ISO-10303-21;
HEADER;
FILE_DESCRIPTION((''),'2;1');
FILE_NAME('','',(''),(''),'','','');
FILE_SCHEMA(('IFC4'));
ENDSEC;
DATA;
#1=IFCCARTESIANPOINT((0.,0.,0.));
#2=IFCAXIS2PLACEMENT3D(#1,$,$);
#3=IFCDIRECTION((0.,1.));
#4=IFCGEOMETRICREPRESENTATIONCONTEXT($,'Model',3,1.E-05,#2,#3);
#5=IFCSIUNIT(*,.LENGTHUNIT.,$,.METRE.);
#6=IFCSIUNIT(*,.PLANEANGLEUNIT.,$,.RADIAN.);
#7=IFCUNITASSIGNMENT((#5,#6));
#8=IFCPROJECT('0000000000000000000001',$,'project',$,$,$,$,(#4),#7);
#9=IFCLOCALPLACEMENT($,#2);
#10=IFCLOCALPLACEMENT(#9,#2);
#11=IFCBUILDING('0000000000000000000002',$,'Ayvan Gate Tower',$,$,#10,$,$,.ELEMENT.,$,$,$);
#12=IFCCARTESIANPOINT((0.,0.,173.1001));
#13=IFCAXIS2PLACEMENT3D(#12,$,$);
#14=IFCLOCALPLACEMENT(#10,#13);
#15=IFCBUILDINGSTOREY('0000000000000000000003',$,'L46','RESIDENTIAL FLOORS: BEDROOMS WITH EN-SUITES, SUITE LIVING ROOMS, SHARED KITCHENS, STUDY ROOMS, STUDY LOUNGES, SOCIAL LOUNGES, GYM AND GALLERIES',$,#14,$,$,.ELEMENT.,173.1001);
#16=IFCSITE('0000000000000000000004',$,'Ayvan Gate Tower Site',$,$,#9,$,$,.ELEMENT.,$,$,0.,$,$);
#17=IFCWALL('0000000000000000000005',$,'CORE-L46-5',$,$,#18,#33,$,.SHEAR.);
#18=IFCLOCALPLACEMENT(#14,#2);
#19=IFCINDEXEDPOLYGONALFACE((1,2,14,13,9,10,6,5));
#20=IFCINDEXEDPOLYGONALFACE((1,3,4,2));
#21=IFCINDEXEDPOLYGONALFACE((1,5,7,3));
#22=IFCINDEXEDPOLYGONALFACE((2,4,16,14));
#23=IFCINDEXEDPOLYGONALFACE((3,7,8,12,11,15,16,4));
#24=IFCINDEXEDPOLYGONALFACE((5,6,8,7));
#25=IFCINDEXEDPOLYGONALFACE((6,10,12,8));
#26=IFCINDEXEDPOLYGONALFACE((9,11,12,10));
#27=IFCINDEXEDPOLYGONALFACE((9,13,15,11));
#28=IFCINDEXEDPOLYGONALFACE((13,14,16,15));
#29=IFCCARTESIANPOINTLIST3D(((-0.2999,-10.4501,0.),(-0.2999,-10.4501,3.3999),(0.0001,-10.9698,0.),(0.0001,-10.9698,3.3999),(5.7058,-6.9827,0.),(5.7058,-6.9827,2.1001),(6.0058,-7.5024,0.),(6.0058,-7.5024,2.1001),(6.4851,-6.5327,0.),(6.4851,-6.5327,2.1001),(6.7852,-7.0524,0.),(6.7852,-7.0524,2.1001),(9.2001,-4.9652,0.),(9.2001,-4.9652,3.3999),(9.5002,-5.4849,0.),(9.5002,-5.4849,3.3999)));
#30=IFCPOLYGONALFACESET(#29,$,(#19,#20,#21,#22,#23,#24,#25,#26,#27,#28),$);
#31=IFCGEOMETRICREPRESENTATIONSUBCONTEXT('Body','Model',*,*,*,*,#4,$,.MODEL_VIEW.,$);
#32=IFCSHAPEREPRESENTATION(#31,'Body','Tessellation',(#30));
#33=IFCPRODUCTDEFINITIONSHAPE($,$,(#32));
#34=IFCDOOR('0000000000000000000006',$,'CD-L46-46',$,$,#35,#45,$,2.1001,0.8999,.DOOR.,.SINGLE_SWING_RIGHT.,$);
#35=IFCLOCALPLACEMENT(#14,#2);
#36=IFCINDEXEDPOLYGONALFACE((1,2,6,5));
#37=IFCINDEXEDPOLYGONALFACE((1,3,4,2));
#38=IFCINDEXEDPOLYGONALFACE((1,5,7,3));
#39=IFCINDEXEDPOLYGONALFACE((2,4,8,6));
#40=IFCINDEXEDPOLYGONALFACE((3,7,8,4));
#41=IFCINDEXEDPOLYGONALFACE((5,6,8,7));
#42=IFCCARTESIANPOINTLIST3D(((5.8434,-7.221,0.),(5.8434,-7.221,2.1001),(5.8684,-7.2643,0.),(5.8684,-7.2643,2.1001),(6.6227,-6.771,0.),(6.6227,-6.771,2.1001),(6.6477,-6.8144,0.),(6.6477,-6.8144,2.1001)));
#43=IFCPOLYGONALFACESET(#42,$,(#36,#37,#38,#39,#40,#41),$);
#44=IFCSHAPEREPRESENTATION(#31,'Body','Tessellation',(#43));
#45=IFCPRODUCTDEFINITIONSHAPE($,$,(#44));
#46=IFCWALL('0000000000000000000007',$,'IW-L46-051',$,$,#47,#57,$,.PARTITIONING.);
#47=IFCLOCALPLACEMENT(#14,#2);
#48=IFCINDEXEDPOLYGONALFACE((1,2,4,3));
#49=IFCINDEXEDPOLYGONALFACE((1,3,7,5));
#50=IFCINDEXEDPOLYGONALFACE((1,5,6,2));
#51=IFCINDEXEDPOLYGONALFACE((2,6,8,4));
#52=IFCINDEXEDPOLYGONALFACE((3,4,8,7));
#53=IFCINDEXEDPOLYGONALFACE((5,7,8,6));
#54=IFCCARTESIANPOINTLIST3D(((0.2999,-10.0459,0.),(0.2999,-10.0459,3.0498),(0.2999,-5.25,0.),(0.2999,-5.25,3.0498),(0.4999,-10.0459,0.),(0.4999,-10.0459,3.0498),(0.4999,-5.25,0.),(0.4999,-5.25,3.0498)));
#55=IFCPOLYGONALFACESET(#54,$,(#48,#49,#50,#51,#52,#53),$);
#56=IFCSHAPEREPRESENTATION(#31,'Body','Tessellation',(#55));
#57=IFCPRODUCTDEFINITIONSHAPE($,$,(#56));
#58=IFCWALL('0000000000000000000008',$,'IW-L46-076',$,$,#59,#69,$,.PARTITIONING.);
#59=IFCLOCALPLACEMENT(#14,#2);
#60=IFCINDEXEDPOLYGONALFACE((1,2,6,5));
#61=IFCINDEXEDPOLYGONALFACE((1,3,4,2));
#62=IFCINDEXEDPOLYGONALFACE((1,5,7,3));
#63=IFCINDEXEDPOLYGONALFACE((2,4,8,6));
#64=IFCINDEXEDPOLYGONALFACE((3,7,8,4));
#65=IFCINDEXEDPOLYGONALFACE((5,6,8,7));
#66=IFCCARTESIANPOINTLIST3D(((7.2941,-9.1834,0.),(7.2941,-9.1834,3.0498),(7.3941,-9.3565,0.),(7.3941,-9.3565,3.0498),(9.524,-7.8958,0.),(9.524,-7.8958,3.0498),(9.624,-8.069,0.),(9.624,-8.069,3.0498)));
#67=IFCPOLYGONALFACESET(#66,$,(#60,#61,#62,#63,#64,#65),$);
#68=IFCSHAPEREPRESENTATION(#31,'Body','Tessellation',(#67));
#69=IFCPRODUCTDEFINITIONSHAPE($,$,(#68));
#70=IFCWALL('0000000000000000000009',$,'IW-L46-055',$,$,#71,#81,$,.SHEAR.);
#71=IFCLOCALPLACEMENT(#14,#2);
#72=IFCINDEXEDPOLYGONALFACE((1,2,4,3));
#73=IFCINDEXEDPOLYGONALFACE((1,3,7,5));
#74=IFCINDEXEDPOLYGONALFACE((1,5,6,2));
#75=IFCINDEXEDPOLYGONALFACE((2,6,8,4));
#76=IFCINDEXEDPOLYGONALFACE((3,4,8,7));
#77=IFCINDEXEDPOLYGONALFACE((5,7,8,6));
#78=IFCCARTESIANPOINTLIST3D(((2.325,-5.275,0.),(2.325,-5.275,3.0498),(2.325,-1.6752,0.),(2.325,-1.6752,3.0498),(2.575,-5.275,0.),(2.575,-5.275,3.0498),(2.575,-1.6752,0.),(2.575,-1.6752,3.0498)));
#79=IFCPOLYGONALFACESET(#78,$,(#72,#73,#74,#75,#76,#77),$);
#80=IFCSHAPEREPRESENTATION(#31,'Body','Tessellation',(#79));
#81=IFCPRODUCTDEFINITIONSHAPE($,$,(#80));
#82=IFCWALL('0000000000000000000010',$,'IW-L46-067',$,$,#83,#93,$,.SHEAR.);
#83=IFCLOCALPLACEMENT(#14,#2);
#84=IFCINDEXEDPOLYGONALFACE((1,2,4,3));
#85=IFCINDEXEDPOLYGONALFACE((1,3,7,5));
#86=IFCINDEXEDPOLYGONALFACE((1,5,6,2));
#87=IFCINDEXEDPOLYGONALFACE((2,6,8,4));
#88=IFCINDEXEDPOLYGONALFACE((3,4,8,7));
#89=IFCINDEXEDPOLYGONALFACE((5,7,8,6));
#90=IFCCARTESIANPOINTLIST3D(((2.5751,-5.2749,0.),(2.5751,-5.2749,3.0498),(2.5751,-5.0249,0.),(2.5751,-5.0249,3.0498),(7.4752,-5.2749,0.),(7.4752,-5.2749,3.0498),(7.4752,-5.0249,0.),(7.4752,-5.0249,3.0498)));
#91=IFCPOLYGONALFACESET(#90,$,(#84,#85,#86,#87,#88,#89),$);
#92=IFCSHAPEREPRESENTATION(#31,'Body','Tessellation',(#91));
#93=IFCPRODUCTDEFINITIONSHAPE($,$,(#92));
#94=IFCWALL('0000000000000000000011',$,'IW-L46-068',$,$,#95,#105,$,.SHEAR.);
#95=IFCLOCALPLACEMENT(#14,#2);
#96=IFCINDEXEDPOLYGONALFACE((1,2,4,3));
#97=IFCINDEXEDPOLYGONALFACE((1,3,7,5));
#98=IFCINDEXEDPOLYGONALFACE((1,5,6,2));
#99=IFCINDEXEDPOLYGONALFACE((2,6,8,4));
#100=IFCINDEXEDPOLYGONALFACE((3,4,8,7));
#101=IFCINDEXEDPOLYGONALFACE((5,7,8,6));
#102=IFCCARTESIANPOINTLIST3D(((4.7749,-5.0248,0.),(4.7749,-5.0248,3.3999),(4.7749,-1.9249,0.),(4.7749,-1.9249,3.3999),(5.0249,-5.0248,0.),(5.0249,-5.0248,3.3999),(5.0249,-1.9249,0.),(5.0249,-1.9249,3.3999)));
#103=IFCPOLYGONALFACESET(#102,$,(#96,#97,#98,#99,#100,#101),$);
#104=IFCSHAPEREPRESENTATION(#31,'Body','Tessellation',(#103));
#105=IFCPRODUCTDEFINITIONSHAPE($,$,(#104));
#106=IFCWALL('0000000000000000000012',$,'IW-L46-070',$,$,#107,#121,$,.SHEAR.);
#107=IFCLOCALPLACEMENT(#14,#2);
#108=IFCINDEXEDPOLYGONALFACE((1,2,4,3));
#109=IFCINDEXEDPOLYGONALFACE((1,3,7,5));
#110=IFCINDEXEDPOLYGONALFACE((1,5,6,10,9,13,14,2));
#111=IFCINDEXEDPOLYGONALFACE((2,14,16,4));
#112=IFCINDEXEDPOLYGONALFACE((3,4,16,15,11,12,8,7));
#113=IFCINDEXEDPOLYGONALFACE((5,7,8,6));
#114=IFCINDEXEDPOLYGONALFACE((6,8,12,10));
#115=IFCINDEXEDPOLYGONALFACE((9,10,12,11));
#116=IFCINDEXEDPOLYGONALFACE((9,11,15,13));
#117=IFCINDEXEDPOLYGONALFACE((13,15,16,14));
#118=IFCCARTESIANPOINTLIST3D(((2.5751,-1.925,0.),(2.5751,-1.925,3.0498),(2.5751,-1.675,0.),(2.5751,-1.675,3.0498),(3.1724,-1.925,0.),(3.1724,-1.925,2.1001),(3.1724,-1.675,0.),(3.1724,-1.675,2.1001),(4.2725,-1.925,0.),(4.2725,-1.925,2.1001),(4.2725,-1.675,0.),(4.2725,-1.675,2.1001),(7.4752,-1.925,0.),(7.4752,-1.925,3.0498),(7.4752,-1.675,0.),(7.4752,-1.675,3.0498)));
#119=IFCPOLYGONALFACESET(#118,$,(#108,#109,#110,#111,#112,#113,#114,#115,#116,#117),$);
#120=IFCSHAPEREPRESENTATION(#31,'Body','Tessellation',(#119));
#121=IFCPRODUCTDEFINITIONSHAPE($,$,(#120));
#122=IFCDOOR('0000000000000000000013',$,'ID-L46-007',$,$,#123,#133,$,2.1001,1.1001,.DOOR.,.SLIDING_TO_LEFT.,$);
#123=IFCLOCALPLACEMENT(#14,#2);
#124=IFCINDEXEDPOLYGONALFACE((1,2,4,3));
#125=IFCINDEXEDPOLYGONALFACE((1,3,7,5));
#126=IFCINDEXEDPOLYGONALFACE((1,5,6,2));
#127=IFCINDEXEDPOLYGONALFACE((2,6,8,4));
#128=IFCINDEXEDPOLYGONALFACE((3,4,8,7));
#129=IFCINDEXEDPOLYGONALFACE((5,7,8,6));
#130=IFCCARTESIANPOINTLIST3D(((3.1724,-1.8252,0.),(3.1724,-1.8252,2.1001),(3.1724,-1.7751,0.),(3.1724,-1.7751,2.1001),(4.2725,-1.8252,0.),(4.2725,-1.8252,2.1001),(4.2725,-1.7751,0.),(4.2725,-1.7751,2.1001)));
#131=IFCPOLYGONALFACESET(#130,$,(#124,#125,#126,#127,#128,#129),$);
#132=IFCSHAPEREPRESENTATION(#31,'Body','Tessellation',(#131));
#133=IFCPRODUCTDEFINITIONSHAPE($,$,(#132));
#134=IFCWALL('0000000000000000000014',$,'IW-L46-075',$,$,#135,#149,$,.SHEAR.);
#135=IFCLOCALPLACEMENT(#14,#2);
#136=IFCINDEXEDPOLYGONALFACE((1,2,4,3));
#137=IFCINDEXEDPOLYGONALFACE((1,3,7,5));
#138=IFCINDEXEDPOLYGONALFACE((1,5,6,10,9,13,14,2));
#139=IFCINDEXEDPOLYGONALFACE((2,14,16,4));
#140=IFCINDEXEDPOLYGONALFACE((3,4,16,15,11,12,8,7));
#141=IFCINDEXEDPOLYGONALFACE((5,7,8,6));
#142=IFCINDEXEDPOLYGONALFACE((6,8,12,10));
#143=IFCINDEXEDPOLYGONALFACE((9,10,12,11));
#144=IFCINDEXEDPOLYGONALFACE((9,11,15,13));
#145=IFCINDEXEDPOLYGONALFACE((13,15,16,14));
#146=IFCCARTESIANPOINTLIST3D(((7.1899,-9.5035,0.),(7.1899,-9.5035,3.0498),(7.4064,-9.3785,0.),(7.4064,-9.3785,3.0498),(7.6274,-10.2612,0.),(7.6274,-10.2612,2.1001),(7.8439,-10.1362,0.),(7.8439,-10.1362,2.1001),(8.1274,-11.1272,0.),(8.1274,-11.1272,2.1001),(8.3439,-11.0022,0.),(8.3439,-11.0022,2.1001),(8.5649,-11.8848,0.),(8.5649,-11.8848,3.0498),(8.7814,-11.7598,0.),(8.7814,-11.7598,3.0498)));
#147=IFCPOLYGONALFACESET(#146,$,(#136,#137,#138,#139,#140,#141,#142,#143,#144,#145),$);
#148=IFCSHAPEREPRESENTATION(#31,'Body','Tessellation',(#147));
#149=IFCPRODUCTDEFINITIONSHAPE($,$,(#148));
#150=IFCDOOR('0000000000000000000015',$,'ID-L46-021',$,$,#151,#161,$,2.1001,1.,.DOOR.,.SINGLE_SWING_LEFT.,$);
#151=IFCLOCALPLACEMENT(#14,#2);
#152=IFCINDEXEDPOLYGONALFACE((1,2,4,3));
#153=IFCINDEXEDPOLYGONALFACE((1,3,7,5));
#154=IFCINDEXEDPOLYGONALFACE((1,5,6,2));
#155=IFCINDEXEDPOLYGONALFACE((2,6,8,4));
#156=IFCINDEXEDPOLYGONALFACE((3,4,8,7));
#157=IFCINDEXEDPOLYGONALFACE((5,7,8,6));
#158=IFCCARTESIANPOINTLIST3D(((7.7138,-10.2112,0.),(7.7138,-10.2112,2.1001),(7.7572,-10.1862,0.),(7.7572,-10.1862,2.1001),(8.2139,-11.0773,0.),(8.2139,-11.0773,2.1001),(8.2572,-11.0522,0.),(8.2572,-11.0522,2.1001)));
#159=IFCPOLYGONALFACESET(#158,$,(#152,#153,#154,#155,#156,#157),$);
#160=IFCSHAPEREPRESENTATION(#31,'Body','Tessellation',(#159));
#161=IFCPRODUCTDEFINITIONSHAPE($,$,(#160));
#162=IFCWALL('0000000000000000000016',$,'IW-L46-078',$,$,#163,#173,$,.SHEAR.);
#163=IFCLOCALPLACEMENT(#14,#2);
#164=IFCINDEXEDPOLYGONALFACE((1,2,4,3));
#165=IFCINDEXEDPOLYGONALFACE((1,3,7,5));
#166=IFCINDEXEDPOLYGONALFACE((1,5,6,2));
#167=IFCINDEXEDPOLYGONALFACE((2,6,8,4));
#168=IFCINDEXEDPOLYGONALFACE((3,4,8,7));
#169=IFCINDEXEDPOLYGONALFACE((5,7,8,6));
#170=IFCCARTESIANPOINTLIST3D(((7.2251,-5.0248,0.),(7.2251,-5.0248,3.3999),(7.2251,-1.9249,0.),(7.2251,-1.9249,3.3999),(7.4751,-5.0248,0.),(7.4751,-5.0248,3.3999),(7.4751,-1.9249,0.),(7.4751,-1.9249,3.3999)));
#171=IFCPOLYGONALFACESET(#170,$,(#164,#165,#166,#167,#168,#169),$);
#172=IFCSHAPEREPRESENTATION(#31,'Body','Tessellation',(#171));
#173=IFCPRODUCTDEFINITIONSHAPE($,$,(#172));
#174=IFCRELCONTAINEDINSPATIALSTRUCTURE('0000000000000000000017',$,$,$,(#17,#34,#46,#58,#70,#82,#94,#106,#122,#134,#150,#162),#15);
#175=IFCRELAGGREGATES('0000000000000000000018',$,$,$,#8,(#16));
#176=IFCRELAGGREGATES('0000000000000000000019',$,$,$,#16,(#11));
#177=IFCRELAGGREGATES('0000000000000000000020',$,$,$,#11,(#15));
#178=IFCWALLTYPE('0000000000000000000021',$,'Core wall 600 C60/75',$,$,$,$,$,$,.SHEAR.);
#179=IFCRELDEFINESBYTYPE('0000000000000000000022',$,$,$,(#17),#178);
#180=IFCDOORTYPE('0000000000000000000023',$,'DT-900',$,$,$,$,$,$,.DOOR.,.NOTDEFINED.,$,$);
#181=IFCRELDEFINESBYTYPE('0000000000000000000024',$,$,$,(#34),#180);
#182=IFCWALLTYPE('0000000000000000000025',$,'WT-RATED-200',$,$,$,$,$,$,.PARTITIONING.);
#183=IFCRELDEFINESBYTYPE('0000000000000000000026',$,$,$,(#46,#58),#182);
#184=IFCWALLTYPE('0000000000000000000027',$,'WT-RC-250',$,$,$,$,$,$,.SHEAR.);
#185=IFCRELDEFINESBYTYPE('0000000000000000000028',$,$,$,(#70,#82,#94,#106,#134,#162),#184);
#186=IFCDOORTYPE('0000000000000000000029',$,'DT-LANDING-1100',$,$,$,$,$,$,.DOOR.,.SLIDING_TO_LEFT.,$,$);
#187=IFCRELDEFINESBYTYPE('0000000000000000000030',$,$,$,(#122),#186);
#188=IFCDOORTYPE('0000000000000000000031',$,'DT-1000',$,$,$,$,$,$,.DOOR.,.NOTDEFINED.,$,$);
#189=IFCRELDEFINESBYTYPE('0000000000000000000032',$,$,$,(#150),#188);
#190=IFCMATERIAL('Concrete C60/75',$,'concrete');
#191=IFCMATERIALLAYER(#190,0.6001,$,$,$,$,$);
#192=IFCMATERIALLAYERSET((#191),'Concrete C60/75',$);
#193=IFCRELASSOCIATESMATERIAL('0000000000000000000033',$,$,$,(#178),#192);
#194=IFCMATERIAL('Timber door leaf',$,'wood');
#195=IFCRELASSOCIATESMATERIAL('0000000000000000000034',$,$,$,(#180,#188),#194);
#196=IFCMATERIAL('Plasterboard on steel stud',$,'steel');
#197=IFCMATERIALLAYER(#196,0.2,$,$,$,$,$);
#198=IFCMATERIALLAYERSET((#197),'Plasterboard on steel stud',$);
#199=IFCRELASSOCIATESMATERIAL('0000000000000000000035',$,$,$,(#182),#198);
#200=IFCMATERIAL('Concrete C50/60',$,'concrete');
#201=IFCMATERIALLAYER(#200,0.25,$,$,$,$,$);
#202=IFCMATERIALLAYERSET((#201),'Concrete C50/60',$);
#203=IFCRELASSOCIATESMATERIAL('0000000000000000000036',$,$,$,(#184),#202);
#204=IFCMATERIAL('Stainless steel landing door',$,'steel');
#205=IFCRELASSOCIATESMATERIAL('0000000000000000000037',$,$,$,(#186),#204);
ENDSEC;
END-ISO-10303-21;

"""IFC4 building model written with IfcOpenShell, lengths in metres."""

from ifc_helpers import new_model, si_unit, direction, frame, frame_2d, origin, place, context, subcontext, project, spatial, rectangle, extrude, material, layer, layer_set, type_object, element, fill, save


model = new_model("IFC4")

# Units and contexts
model_context = context("Model", 3, precision=1e-05, world=origin(), true_north=direction((0.0, 1.0)))
body_context = subcontext(model_context, "Body", "Model", "MODEL_VIEW")
ifc_project = project(units=[si_unit("LENGTHUNIT", "METRE"), si_unit("PLANEANGLEUNIT", "RADIAN")], contexts=[model_context])

# Site, building, storey
site_placement = place(None, origin())
site = spatial("IfcSite", under=ifc_project, at=site_placement, Name="Ayvan Gate Tower Site", CompositionType="ELEMENT", RefElevation=0.0)
building_placement = place(site_placement, origin())
building = spatial("IfcBuilding", under=site, at=building_placement, Name="Ayvan Gate Tower", CompositionType="ELEMENT")
storey_placement = place(building_placement, frame((0.0, 0.0, 173.1001)))
storey = spatial("IfcBuildingStorey", under=building, at=storey_placement, Name="L46", Description="RESIDENTIAL FLOORS: BEDROOMS WITH EN-SUITES, SUITE LIVING ROOMS, SHARED KITCHENS, STUDY ROOMS, STUDY LOUNGES, SOCIAL LOUNGES, GYM AND GALLERIES", CompositionType="ELEMENT", Elevation=173.1001)

# Wall, opening, door
ifc_material_1 = material(Name="Concrete C60/75", Category="concrete")
ifc_layer_1 = layer(ifc_material_1, 0.6001)
ifc_layer_set_1 = layer_set([ifc_layer_1], Name="Concrete C60/75")
wall_type_1 = type_object("IfcWallType", Name="Core wall 600 C60/75", PredefinedType="SHEAR", material=ifc_layer_set_1)
wall_1_placement = place(storey_placement, frame((-0.1499, -10.71, 0.0), z_axis=(0.0, 0.0, 1.0), x_axis=(0.866024, 0.500002, 0.0)))
wall_1 = element("IfcWall", 1, at=wall_1_placement, inside=storey, type_object=wall_type_1, Name="CORE-L46-5", PredefinedType="SHEAR", context=body_context, shape_type="SweptSolid", body=[
    extrude(rectangle(XDim=10.9697, YDim=0.6001, at=frame_2d((5.4849, 0.0))), origin(), (0.0, 0.0, 1.0), 3.3999),
])
opening_1_placement = place(wall_1_placement, frame((6.9348, 0.0, 0.0)))
opening_1 = element("IfcOpeningElement", 2, at=opening_1_placement, cuts=wall_1, PredefinedType="OPENING", context=body_context, shape_type="SweptSolid", body=[
    extrude(rectangle(XDim=0.8999, YDim=2.1001, at=frame_2d((0.45, 1.05))), frame((0.0, 0.3101, 0.0), z_axis=(0.0, -1.0, 0.0), x_axis=(1.0, 0.0, 0.0)), (0.0, 0.0, 1.0), 0.6201),
])
ifc_material_2 = material(Name="Timber door leaf", Category="wood")
door_type_1 = type_object("IfcDoorType", Name="DT-900", OperationType="NOTDEFINED", PredefinedType="DOOR", material=ifc_material_2)
door_1_placement = place(opening_1_placement, origin())
door_1 = element("IfcDoor", 3, at=door_1_placement, inside=storey, type_object=door_type_1, Name="CD-L46-46", OperationType="SINGLE_SWING_RIGHT", OverallHeight=2.1001, OverallWidth=0.8999, PredefinedType="DOOR", context=body_context, shape_type="SweptSolid", body=[
    extrude(rectangle(XDim=0.8999, YDim=2.1001, at=frame_2d((0.45, 1.05))), frame((0.0, 0.0249, 0.0), z_axis=(0.0, -1.0, 0.0), x_axis=(1.0, 0.0, 0.0)), (0.0, 0.0, 1.0), 0.05),
])
fill(opening_1, door_1)

# Walls
ifc_material_3 = material(Name="Plasterboard on steel stud", Category="steel")
ifc_layer_2 = layer(ifc_material_3, 0.2)
ifc_layer_set_2 = layer_set([ifc_layer_2], Name="Plasterboard on steel stud")
wall_type_2 = type_object("IfcWallType", Name="WT-RATED-200", PredefinedType="PARTITIONING", material=ifc_layer_set_2)
wall_2_placement = place(storey_placement, frame((0.3999, -5.25, 0.0), z_axis=(0.0, 0.0, 1.0), x_axis=(0.0, -1.0, 0.0)))
element("IfcWall", 4, at=wall_2_placement, inside=storey, type_object=wall_type_2, Name="IW-L46-051", PredefinedType="PARTITIONING", context=body_context, shape_type="SweptSolid", body=[
    extrude(rectangle(XDim=4.7959, YDim=0.2, at=frame_2d((2.3979, 0.0))), origin(), (0.0, 0.0, 1.0), 3.0498),
])
wall_3_placement = place(storey_placement, frame((7.344, -9.27, 0.0), z_axis=(0.0, 0.0, 1.0), x_axis=(0.866006, 0.500034, 0.0)))
element("IfcWall", 5, at=wall_3_placement, inside=storey, type_object=wall_type_2, Name="IW-L46-076", PredefinedType="PARTITIONING", context=body_context, shape_type="SweptSolid", body=[
    extrude(rectangle(XDim=2.575, YDim=0.2, at=frame_2d((1.2876, 0.0))), origin(), (0.0, 0.0, 1.0), 3.0498),
])
ifc_material_4 = material(Name="Concrete C50/60", Category="concrete")
ifc_layer_3 = layer(ifc_material_4, 0.25)
ifc_layer_set_3 = layer_set([ifc_layer_3], Name="Concrete C50/60")
wall_type_3 = type_object("IfcWallType", Name="WT-RC-250", PredefinedType="SHEAR", material=ifc_layer_set_3)
wall_4_placement = place(storey_placement, frame((2.45, -5.2749, 0.0), z_axis=(0.0, 0.0, 1.0), x_axis=(0.0, 1.0, 0.0)))
element("IfcWall", 6, at=wall_4_placement, inside=storey, type_object=wall_type_3, Name="IW-L46-055", PredefinedType="SHEAR", context=body_context, shape_type="SweptSolid", body=[
    extrude(rectangle(XDim=3.5999, YDim=0.25, at=frame_2d((1.7998, 0.0))), origin(), (0.0, 0.0, 1.0), 3.0498),
])
wall_5_placement = place(storey_placement, frame((2.575, -5.1499, 0.0), z_axis=(0.0, 0.0, 1.0), x_axis=(1.0, 0.0, 0.0)))
element("IfcWall", 7, at=wall_5_placement, inside=storey, type_object=wall_type_3, Name="IW-L46-067", PredefinedType="SHEAR", context=body_context, shape_type="SweptSolid", body=[
    extrude(rectangle(XDim=4.9001, YDim=0.25, at=frame_2d((2.4502, 0.0))), origin(), (0.0, 0.0, 1.0), 3.0498),
])
wall_6_placement = place(storey_placement, frame((4.8999, -1.925, 0.0), z_axis=(0.0, 0.0, 1.0), x_axis=(0.0, -1.0, 0.0)))
element("IfcWall", 8, at=wall_6_placement, inside=storey, type_object=wall_type_3, Name="IW-L46-068", PredefinedType="SHEAR", context=body_context, shape_type="SweptSolid", body=[
    extrude(rectangle(XDim=3.0999, YDim=0.25, at=frame_2d((1.5498, 0.0))), origin(), (0.0, 0.0, 1.0), 3.3999),
])

# Walls, openings, doors
wall_7_placement = place(storey_placement, frame((2.575, -1.8, 0.0), z_axis=(0.0, 0.0, 1.0), x_axis=(1.0, 0.0, 0.0)))
wall_7 = element("IfcWall", 9, at=wall_7_placement, inside=storey, type_object=wall_type_3, Name="IW-L46-070", PredefinedType="SHEAR", context=body_context, shape_type="SweptSolid", body=[
    extrude(rectangle(XDim=4.9001, YDim=0.25, at=frame_2d((2.4502, 0.0))), origin(), (0.0, 0.0, 1.0), 3.0498),
])
opening_2_placement = place(wall_7_placement, frame((0.5974, 0.0, 0.0)))
opening_2 = element("IfcOpeningElement", 10, at=opening_2_placement, cuts=wall_7, PredefinedType="OPENING", context=body_context, shape_type="SweptSolid", body=[
    extrude(rectangle(XDim=1.1001, YDim=2.1001, at=frame_2d((0.55, 1.05))), frame((0.0, 0.135, 0.0), z_axis=(0.0, -1.0, 0.0), x_axis=(1.0, 0.0, 0.0)), (0.0, 0.0, 1.0), 0.27),
])
ifc_material_5 = material(Name="Stainless steel landing door", Category="steel")
door_type_2 = type_object("IfcDoorType", Name="DT-LANDING-1100", OperationType="SLIDING_TO_LEFT", PredefinedType="DOOR", material=ifc_material_5)
door_2_placement = place(opening_2_placement, origin())
door_2 = element("IfcDoor", 11, at=door_2_placement, inside=storey, type_object=door_type_2, Name="ID-L46-007", OperationType="SLIDING_TO_LEFT", OverallHeight=2.1001, OverallWidth=1.1001, PredefinedType="DOOR", context=body_context, shape_type="SweptSolid", body=[
    extrude(rectangle(XDim=1.1001, YDim=2.1001, at=frame_2d((0.55, 1.05))), frame((0.0, 0.0249, 0.0), z_axis=(0.0, -1.0, 0.0), x_axis=(1.0, 0.0, 0.0)), (0.0, 0.0, 1.0), 0.05),
])
fill(opening_2, door_2)
wall_8_placement = place(storey_placement, frame((7.2981, -9.4409, 0.0), z_axis=(0.0, 0.0, 1.0), x_axis=(0.500035, -0.866005, 0.0)))
wall_8 = element("IfcWall", 12, at=wall_8_placement, inside=storey, type_object=wall_type_3, Name="IW-L46-075", PredefinedType="SHEAR", context=body_context, shape_type="SweptSolid", body=[
    extrude(rectangle(XDim=2.7498, YDim=0.25, at=frame_2d((1.375, 0.0))), origin(), (0.0, 0.0, 1.0), 3.0498),
])
opening_3_placement = place(wall_8_placement, frame((0.875, 0.0, 0.0)))
opening_3 = element("IfcOpeningElement", 13, at=opening_3_placement, cuts=wall_8, PredefinedType="OPENING", context=body_context, shape_type="SweptSolid", body=[
    extrude(rectangle(XDim=1.0, YDim=2.1001, at=frame_2d((0.5, 1.05))), frame((0.0, 0.135, 0.0), z_axis=(0.0, -1.0, 0.0), x_axis=(1.0, 0.0, 0.0)), (0.0, 0.0, 1.0), 0.27),
])
door_type_3 = type_object("IfcDoorType", Name="DT-1000", OperationType="NOTDEFINED", PredefinedType="DOOR", material=ifc_material_2)
door_3_placement = place(opening_3_placement, origin())
door_3 = element("IfcDoor", 14, at=door_3_placement, inside=storey, type_object=door_type_3, Name="ID-L46-021", OperationType="SINGLE_SWING_LEFT", OverallHeight=2.1001, OverallWidth=1.0, PredefinedType="DOOR", context=body_context, shape_type="SweptSolid", body=[
    extrude(rectangle(XDim=1.0, YDim=2.1001, at=frame_2d((0.5, 1.05))), frame((0.0, 0.0249, 0.0), z_axis=(0.0, -1.0, 0.0), x_axis=(1.0, 0.0, 0.0)), (0.0, 0.0, 1.0), 0.05),
])
fill(opening_3, door_3)

# Wall
wall_9_placement = place(storey_placement, frame((7.3501, -1.925, 0.0), z_axis=(0.0, 0.0, 1.0), x_axis=(0.0, -1.0, 0.0)))
element("IfcWall", 15, at=wall_9_placement, inside=storey, type_object=wall_type_3, Name="IW-L46-078", PredefinedType="SHEAR", context=body_context, shape_type="SweptSolid", body=[
    extrude(rectangle(XDim=3.0999, YDim=0.25, at=frame_2d((1.5498, 0.0))), origin(), (0.0, 0.0, 1.0), 3.3999),
])

save(model, "model.ifc")
